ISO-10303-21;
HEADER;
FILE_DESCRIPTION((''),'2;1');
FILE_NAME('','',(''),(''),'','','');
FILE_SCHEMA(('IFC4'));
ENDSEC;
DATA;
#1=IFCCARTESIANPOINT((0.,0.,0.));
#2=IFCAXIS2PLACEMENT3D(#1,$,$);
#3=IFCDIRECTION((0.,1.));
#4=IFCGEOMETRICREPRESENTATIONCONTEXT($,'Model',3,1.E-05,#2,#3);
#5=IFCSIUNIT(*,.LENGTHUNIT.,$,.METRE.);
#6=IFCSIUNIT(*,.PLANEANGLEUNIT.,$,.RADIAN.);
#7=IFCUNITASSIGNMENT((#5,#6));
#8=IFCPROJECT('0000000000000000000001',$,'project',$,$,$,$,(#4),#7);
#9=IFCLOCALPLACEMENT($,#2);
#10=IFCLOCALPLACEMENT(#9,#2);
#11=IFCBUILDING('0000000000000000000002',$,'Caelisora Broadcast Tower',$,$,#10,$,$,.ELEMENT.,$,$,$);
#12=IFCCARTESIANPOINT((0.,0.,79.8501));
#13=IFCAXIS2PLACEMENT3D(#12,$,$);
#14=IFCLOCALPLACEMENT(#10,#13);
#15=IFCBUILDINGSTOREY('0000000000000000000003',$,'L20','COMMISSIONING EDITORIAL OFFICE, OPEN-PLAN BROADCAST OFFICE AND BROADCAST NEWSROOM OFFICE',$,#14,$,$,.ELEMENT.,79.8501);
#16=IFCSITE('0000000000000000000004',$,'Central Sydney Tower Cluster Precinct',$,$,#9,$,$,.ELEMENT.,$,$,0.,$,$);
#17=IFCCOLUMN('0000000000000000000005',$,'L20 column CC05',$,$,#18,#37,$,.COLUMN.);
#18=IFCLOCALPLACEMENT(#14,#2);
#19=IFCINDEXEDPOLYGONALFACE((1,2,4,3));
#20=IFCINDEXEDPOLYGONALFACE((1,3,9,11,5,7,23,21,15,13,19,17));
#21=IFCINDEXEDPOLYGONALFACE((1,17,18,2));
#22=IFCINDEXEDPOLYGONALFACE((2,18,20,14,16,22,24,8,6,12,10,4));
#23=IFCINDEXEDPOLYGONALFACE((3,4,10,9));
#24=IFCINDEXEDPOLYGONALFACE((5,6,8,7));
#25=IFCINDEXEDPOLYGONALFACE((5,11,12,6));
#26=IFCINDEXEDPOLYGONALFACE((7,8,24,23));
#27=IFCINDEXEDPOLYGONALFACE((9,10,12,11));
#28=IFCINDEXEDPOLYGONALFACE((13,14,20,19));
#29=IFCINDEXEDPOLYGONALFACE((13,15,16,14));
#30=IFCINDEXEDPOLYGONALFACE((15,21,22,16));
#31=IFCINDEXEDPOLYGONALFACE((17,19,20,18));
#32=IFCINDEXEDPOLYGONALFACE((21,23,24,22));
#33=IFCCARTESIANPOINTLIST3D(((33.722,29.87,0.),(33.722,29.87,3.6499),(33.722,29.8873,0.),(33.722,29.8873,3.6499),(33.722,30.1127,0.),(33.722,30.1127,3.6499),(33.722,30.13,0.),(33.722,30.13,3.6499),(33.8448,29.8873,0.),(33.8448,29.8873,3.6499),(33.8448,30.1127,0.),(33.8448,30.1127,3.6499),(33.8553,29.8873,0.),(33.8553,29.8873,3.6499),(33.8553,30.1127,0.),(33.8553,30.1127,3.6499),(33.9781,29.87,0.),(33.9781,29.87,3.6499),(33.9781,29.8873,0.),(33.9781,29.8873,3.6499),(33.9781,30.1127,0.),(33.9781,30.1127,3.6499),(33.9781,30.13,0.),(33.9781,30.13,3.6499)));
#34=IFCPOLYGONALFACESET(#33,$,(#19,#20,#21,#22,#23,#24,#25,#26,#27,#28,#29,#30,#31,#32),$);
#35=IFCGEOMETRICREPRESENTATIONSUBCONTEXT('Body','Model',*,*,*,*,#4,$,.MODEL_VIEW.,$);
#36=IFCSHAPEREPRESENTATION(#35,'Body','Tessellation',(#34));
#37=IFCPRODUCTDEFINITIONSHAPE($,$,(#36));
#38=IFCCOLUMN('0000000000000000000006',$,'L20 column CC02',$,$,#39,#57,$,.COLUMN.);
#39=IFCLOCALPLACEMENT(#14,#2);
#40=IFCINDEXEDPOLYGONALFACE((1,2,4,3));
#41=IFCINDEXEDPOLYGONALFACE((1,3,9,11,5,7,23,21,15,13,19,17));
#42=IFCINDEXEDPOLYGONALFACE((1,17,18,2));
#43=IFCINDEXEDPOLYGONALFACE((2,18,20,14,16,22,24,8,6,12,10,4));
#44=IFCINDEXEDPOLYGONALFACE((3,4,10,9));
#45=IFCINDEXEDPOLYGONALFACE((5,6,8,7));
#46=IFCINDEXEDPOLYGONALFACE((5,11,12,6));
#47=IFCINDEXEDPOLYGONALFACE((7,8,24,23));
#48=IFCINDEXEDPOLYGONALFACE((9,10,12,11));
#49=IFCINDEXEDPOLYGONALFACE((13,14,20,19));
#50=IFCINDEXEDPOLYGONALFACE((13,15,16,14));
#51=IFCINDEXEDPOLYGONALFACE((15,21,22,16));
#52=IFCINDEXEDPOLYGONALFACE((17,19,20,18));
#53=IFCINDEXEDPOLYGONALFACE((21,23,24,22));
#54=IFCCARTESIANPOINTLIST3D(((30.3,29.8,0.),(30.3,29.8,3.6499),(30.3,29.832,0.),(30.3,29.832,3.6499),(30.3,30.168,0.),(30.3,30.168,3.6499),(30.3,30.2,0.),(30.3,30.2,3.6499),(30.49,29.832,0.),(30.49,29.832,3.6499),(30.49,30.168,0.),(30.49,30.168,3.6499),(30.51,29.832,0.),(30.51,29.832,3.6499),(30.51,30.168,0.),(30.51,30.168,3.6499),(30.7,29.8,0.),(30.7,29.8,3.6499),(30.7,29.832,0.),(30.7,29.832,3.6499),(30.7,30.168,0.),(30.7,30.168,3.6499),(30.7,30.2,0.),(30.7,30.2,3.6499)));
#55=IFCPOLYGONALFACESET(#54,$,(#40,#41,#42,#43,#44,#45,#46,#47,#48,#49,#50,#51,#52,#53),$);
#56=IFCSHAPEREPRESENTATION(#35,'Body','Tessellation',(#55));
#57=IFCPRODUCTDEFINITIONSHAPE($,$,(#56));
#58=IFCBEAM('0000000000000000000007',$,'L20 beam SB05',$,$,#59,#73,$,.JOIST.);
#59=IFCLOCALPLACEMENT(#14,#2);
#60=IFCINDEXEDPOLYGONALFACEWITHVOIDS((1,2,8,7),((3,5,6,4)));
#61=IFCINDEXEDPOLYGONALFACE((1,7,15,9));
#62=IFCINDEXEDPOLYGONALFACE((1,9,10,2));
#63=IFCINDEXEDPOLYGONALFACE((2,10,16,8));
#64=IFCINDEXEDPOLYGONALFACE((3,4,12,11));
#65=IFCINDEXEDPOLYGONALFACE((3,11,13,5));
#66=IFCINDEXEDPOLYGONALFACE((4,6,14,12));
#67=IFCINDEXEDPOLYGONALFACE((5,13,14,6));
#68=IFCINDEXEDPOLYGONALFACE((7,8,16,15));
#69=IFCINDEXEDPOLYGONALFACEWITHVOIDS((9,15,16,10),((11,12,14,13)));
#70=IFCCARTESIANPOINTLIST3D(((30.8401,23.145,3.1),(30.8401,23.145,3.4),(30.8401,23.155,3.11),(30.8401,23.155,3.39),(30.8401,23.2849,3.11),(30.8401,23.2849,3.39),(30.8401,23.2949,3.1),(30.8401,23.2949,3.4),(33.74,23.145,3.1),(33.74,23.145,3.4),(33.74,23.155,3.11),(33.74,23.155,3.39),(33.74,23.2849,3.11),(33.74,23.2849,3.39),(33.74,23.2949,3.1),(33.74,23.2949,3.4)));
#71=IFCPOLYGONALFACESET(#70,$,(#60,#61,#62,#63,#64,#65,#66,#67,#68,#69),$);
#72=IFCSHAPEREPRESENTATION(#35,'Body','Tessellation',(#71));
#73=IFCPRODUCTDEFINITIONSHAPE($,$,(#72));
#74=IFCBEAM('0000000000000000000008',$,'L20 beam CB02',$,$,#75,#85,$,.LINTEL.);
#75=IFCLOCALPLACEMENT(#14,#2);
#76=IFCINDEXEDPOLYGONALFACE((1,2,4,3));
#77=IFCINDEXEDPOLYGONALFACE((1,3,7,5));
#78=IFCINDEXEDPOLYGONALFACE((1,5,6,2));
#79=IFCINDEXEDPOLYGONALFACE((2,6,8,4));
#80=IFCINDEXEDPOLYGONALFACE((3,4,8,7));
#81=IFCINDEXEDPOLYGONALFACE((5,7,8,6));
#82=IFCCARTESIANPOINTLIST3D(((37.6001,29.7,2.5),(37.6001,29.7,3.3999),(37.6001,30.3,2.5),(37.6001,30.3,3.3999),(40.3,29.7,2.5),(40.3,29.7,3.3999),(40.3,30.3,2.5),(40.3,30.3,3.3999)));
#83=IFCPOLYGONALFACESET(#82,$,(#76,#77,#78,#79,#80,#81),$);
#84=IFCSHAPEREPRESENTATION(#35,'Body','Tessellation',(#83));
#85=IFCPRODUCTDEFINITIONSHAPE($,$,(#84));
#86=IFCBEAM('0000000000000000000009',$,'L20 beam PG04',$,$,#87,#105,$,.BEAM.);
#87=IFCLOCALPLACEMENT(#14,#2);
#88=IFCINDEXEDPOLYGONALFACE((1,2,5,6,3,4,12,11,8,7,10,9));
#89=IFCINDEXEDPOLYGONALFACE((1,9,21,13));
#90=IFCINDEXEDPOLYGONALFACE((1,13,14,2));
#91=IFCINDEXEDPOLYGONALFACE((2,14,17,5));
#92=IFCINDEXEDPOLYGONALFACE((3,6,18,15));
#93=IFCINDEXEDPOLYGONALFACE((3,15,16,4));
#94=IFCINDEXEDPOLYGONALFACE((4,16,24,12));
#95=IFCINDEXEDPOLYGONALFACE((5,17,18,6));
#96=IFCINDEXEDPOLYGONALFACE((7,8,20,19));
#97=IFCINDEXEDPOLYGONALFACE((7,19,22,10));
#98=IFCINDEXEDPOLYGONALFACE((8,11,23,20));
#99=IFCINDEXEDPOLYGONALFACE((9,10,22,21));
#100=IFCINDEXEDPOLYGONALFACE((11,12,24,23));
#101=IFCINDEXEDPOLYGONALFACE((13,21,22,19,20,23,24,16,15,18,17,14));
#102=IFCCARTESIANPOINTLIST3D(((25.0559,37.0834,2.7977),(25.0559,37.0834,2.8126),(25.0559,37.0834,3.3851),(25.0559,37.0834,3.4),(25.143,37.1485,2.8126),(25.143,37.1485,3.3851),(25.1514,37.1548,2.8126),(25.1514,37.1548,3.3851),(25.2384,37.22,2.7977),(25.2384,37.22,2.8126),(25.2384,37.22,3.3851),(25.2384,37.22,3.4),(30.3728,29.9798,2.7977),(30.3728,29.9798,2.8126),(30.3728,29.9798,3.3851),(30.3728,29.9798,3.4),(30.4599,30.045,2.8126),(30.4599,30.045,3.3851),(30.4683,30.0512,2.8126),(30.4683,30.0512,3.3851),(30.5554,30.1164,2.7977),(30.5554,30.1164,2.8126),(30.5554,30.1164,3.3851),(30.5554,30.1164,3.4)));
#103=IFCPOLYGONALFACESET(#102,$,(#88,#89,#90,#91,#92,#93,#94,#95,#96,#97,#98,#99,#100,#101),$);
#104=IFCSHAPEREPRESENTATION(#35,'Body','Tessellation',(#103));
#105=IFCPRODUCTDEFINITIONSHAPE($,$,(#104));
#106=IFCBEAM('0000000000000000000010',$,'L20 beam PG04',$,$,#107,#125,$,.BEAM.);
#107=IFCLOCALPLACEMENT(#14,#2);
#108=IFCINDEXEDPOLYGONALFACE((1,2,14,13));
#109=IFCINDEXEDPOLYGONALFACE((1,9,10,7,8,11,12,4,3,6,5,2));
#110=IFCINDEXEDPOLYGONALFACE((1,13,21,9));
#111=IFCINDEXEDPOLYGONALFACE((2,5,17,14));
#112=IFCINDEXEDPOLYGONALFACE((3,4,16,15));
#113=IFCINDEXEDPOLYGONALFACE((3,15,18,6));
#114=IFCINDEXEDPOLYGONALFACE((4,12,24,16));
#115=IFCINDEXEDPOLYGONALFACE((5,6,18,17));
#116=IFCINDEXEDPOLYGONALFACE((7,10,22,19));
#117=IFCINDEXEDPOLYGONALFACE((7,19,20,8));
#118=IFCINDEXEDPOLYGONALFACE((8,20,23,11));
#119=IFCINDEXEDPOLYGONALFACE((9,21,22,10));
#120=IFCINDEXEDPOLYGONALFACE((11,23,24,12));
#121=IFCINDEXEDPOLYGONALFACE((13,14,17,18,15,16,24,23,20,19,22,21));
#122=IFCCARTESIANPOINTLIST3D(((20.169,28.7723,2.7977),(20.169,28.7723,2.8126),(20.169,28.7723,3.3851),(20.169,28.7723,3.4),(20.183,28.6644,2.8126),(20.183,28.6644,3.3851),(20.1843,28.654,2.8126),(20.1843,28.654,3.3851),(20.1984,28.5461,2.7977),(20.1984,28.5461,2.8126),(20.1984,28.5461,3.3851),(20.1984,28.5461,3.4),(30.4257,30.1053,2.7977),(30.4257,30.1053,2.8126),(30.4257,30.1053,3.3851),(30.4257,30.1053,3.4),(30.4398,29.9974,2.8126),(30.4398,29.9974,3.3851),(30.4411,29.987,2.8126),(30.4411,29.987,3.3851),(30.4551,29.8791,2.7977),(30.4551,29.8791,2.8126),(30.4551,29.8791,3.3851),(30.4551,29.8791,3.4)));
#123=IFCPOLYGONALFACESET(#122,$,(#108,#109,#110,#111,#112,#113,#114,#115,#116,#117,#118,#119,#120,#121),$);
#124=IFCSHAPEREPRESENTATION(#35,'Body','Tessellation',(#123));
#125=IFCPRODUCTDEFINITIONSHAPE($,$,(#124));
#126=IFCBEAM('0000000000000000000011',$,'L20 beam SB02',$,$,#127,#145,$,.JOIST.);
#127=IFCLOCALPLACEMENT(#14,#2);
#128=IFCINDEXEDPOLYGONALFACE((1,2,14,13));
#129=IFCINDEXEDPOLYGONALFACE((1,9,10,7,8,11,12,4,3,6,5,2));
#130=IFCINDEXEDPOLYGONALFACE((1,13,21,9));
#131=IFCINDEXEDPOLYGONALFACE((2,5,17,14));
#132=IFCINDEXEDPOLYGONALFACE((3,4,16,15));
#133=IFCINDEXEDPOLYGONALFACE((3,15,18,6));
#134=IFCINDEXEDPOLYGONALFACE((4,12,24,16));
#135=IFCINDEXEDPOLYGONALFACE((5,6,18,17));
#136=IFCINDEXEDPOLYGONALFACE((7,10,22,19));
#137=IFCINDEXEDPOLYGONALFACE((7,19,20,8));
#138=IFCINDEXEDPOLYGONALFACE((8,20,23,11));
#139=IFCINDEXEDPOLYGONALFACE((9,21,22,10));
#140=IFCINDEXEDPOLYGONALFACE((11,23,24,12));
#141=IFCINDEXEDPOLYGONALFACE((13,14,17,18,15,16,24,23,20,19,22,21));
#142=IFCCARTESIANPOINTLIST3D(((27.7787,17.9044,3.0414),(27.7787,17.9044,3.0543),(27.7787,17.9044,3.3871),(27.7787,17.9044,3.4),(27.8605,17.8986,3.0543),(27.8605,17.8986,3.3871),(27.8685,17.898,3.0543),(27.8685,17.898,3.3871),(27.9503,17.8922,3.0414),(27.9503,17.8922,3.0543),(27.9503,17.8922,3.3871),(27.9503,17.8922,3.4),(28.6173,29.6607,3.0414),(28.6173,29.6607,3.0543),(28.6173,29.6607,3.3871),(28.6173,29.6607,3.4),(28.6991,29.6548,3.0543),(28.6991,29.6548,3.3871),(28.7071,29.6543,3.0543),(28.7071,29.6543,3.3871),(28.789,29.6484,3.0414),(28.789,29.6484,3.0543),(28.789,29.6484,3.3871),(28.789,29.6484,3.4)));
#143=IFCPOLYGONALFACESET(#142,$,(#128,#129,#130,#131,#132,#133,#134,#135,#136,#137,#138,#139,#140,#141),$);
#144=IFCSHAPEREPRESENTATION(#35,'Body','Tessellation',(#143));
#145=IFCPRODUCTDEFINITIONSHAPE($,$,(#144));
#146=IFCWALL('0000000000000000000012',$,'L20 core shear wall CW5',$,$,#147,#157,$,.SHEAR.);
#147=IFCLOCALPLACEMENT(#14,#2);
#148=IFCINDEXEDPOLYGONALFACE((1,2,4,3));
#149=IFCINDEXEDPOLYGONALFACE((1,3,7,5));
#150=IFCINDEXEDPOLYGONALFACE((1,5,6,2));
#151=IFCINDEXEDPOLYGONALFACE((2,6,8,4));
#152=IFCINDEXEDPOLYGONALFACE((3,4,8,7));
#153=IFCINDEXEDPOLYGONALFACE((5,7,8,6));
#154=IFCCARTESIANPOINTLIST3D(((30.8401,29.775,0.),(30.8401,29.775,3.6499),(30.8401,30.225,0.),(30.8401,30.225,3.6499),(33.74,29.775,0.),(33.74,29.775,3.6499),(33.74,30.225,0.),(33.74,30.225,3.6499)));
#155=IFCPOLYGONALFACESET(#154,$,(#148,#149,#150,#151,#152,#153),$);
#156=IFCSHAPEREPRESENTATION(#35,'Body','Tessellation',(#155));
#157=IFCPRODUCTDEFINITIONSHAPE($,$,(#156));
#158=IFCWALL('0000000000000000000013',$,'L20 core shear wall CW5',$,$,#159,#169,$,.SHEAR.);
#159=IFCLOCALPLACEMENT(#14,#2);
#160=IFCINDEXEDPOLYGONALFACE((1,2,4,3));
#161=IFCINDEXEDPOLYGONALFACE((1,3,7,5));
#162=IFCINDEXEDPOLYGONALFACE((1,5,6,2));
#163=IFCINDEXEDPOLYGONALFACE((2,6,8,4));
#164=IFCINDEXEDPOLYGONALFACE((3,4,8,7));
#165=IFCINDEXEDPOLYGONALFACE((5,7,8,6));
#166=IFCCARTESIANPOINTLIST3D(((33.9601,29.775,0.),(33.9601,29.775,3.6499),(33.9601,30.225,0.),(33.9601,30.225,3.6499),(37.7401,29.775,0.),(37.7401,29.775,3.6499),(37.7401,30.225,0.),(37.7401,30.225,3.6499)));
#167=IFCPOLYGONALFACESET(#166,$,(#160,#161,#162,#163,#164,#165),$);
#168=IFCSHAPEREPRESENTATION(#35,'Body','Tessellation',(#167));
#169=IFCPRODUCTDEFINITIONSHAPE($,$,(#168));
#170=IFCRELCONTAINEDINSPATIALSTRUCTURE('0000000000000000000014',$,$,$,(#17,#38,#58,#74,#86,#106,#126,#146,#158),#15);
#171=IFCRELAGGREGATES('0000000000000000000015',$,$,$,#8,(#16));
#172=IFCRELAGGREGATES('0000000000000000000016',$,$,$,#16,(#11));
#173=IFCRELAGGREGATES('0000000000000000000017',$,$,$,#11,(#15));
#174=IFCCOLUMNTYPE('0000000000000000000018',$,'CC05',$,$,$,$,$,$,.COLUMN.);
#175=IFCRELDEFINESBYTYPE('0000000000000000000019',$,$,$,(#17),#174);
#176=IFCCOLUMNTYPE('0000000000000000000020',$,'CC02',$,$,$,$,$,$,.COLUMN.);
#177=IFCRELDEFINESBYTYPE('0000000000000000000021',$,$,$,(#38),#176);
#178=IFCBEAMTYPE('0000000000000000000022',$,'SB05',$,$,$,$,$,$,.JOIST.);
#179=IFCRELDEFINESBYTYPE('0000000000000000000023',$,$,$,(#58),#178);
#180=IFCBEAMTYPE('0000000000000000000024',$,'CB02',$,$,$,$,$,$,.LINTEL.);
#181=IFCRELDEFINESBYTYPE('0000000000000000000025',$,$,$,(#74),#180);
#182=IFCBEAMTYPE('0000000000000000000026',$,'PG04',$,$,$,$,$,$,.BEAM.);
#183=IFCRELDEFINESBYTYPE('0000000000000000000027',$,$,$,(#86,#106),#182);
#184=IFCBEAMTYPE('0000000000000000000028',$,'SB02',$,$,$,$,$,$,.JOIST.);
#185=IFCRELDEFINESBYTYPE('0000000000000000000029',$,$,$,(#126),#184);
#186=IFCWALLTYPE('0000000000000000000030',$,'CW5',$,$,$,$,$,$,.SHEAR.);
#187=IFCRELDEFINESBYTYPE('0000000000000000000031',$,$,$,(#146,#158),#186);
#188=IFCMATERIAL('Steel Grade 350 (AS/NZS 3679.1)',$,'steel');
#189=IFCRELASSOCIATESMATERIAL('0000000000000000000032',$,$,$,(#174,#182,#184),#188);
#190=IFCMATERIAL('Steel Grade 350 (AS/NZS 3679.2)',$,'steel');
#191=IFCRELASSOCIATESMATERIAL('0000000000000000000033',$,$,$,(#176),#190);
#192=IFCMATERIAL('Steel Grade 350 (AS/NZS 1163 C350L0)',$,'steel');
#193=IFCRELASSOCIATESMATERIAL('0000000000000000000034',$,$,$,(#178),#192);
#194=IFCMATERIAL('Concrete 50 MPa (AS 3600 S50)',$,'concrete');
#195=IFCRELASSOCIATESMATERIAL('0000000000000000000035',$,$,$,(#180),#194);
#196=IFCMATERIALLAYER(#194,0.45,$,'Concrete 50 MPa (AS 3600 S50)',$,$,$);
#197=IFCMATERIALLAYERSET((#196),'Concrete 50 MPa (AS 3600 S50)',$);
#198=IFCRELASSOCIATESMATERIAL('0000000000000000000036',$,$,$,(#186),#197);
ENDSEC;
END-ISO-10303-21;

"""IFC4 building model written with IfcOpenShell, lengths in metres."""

from ifc_helpers import new_model, si_unit, direction, frame, frame_2d, origin, origin_2d, place, context, subcontext, project, spatial, rectangle, hollow_rectangle, i_section, extrude, source, transform, mapped, material, layer, layer_set, material_profile, profile_set, type_object, type_shapes, element, save


model = new_model("IFC4")

# Units and contexts
model_context = context("Model", 3, precision=1e-05, world=origin(), true_north=direction((0.0, 1.0)))
body_context = subcontext(model_context, "Body", "Model", "MODEL_VIEW")
ifc_project = project(units=[si_unit("LENGTHUNIT", "METRE"), si_unit("PLANEANGLEUNIT", "RADIAN")], contexts=[model_context])

# Site, building, storey
site_placement = place(None, origin())
site = spatial("IfcSite", under=ifc_project, at=site_placement, Name="Central Sydney Tower Cluster Precinct", CompositionType="ELEMENT", RefElevation=0.0)
building_placement = place(site_placement, origin())
building = spatial("IfcBuilding", under=site, at=building_placement, Name="Caelisora Broadcast Tower", CompositionType="ELEMENT")
storey_placement = place(building_placement, frame((0.0, 0.0, 79.8501)))
storey = spatial("IfcBuildingStorey", under=building, at=storey_placement, Name="L20", Description="COMMISSIONING EDITORIAL OFFICE, OPEN-PLAN BROADCAST OFFICE AND BROADCAST NEWSROOM OFFICE", CompositionType="ELEMENT", Elevation=79.8501)

# Columns
ifc_material_1 = material(Name="Steel Grade 350 (AS/NZS 3679.1)", Category="steel")
ifc_material_profile_1 = material_profile(ifc_material_1, i_section(OverallWidth=0.2561, OverallDepth=0.26, WebThickness=0.0105, FlangeThickness=0.0173, at=origin_2d()), Name="Steel Grade 350 (AS/NZS 3679.1)")
ifc_profile_set_1 = profile_set([ifc_material_profile_1], Name="Steel Grade 350 (AS/NZS 3679.1)")
column_type_1 = type_object("IfcColumnType", Name="CC05", PredefinedType="COLUMN", material=ifc_profile_set_1)
shared_shape_1 = source(origin(), body_context, "Body", "SweptSolid", [
    extrude(i_section(OverallWidth=0.2561, OverallDepth=0.26, WebThickness=0.0105, FlangeThickness=0.0173, at=origin_2d()), origin(), (0.0, 0.0, 1.0), 3.6499),
])
type_shapes(column_type_1, [shared_shape_1])
column_1_placement = place(storey_placement, frame((33.8501, 30.0, 0.0), z_axis=(0.0, 0.0, 1.0), x_axis=(1.0, 0.0, 0.0)))
element("IfcColumn", 1, at=column_1_placement, inside=storey, type_object=column_type_1, Name="L20 column CC05", PredefinedType="COLUMN", context=body_context, shape_type="MappedRepresentation", body=[
    mapped(shared_shape_1, transform((0.0, 0.0, 0.0), scale=1.0)),
])
ifc_material_2 = material(Name="Steel Grade 350 (AS/NZS 3679.2)", Category="steel")
ifc_material_profile_2 = material_profile(ifc_material_2, i_section(OverallWidth=0.3999, OverallDepth=0.3999, WebThickness=0.02, FlangeThickness=0.032, at=origin_2d()), Name="Steel Grade 350 (AS/NZS 3679.2)")
ifc_profile_set_2 = profile_set([ifc_material_profile_2], Name="Steel Grade 350 (AS/NZS 3679.2)")
column_type_2 = type_object("IfcColumnType", Name="CC02", PredefinedType="COLUMN", material=ifc_profile_set_2)
shared_shape_2 = source(origin(), body_context, "Body", "SweptSolid", [
    extrude(i_section(OverallWidth=0.3999, OverallDepth=0.3999, WebThickness=0.02, FlangeThickness=0.032, at=origin_2d()), origin(), (0.0, 0.0, 1.0), 3.6499),
])
type_shapes(column_type_2, [shared_shape_2])
column_2_placement = place(storey_placement, frame((30.5, 30.0, 0.0), z_axis=(0.0, 0.0, 1.0), x_axis=(1.0, 0.0, 0.0)))
element("IfcColumn", 2, at=column_2_placement, inside=storey, type_object=column_type_2, Name="L20 column CC02", PredefinedType="COLUMN", context=body_context, shape_type="MappedRepresentation", body=[
    mapped(shared_shape_2, transform((0.0, 0.0, 0.0), scale=1.0)),
])

# Beams
ifc_material_3 = material(Name="Steel Grade 350 (AS/NZS 1163 C350L0)", Category="steel")
ifc_material_profile_3 = material_profile(ifc_material_3, hollow_rectangle(XDim=0.1499, YDim=0.3, WallThickness=0.01, at=origin_2d()), Name="Steel Grade 350 (AS/NZS 1163 C350L0)")
ifc_profile_set_3 = profile_set([ifc_material_profile_3], Name="Steel Grade 350 (AS/NZS 1163 C350L0)")
beam_type_1 = type_object("IfcBeamType", Name="SB05", PredefinedType="JOIST", material=ifc_profile_set_3)
shared_shape_3 = source(origin(), body_context, "Body", "SweptSolid", [
    extrude(hollow_rectangle(XDim=0.1499, YDim=0.3, WallThickness=0.01, at=origin_2d()), origin(), (0.0, 0.0, 1.0), 2.8999),
])
type_shapes(beam_type_1, [shared_shape_3])
beam_1_placement = place(storey_placement, frame((30.8401, 23.22, 3.25), z_axis=(1.0, 0.0, 0.0), x_axis=(0.0, 1.0, 0.0)))
element("IfcBeam", 3, at=beam_1_placement, inside=storey, type_object=beam_type_1, Name="L20 beam SB05", PredefinedType="JOIST", context=body_context, shape_type="MappedRepresentation", body=[
    mapped(shared_shape_3, transform((0.0, 0.0, 0.0), scale=1.0)),
])
ifc_material_4 = material(Name="Concrete 50 MPa (AS 3600 S50)", Category="concrete")
ifc_material_profile_4 = material_profile(ifc_material_4, rectangle(XDim=0.6001, YDim=0.8999, at=origin_2d()), Name="Concrete 50 MPa (AS 3600 S50)")
ifc_profile_set_4 = profile_set([ifc_material_profile_4], Name="Concrete 50 MPa (AS 3600 S50)")
beam_type_2 = type_object("IfcBeamType", Name="CB02", PredefinedType="LINTEL", material=ifc_profile_set_4)
shared_shape_4 = source(origin(), body_context, "Body", "SweptSolid", [
    extrude(rectangle(XDim=0.6001, YDim=0.8999, at=origin_2d()), origin(), (0.0, 0.0, 1.0), 2.7),
])
type_shapes(beam_type_2, [shared_shape_4])
beam_2_placement = place(storey_placement, frame((37.6001, 30.0, 2.95), z_axis=(1.0, 0.0, 0.0), x_axis=(0.0, 1.0, 0.0)))
element("IfcBeam", 4, at=beam_2_placement, inside=storey, type_object=beam_type_2, Name="L20 beam CB02", PredefinedType="LINTEL", context=body_context, shape_type="MappedRepresentation", body=[
    mapped(shared_shape_4, transform((0.0, 0.0, 0.0), scale=1.0)),
])
ifc_material_profile_5 = material_profile(ifc_material_1, i_section(OverallWidth=0.228, OverallDepth=0.6023, WebThickness=0.0105, FlangeThickness=0.0149, at=origin_2d()), Name="Steel Grade 350 (AS/NZS 3679.1)")
ifc_profile_set_5 = profile_set([ifc_material_profile_5], Name="Steel Grade 350 (AS/NZS 3679.1)")
beam_type_3 = type_object("IfcBeamType", Name="PG04", PredefinedType="BEAM", material=ifc_profile_set_5)
shared_shape_5 = source(origin(), body_context, "Body", "SweptSolid", [
    extrude(i_section(OverallWidth=0.228, OverallDepth=0.6023, WebThickness=0.0105, FlangeThickness=0.0149, at=origin_2d()), origin(), (0.0, 0.0, 1.0), 8.873),
])
beam_3_placement = place(storey_placement, frame((30.4641, 30.0481, 3.0989), z_axis=(-0.599225, 0.800581, 0.0), x_axis=(-0.800581, -0.599225, 0.0)))
element("IfcBeam", 5, at=beam_3_placement, inside=storey, type_object=beam_type_3, Name="L20 beam PG04", PredefinedType="BEAM", context=body_context, shape_type="MappedRepresentation", body=[
    mapped(shared_shape_5, transform((0.0, 0.0, 0.0), scale=1.0)),
])
shared_shape_6 = source(origin(), body_context, "Body", "SweptSolid", [
    extrude(i_section(OverallWidth=0.228, OverallDepth=0.6023, WebThickness=0.0105, FlangeThickness=0.0149, at=origin_2d()), origin(), (0.0, 0.0, 1.0), 10.343),
])
type_shapes(beam_type_3, [shared_shape_5, shared_shape_6])
beam_4_placement = place(storey_placement, frame((30.4404, 29.9922, 3.0989), z_axis=(-0.99166, -0.128879, 0.0), x_axis=(0.128879, -0.99166, 0.0)))
element("IfcBeam", 6, at=beam_4_placement, inside=storey, type_object=beam_type_3, Name="L20 beam PG04", PredefinedType="BEAM", context=body_context, shape_type="MappedRepresentation", body=[
    mapped(shared_shape_6, transform((0.0, 0.0, 0.0), scale=1.0)),
])
ifc_material_profile_6 = material_profile(ifc_material_1, i_section(OverallWidth=0.1721, OverallDepth=0.3586, WebThickness=0.0081, FlangeThickness=0.0129, at=origin_2d()), Name="Steel Grade 350 (AS/NZS 3679.1)")
ifc_profile_set_6 = profile_set([ifc_material_profile_6], Name="Steel Grade 350 (AS/NZS 3679.1)")
beam_type_4 = type_object("IfcBeamType", Name="SB02", PredefinedType="JOIST", material=ifc_profile_set_6)
shared_shape_7 = source(origin(), body_context, "Body", "SweptSolid", [
    extrude(i_section(OverallWidth=0.1721, OverallDepth=0.3586, WebThickness=0.0081, FlangeThickness=0.0129, at=origin_2d()), origin(), (0.0, 0.0, 1.0), 11.7861),
])
type_shapes(beam_type_4, [shared_shape_7])
beam_5_placement = place(storey_placement, frame((28.7031, 29.6545, 3.2207), z_axis=(-0.071153, -0.997465, 0.0), x_axis=(0.997465, -0.071153, 0.0)))
element("IfcBeam", 7, at=beam_5_placement, inside=storey, type_object=beam_type_4, Name="L20 beam SB02", PredefinedType="JOIST", context=body_context, shape_type="MappedRepresentation", body=[
    mapped(shared_shape_7, transform((0.0, 0.0, 0.0), scale=1.0)),
])

# Walls
ifc_layer_1 = layer(ifc_material_4, 0.45, Name="Concrete 50 MPa (AS 3600 S50)")
ifc_layer_set_1 = layer_set([ifc_layer_1], Name="Concrete 50 MPa (AS 3600 S50)")
wall_type_1 = type_object("IfcWallType", Name="CW5", PredefinedType="SHEAR", material=ifc_layer_set_1)
wall_1_placement = place(storey_placement, frame((30.8401, 30.0, 0.0), z_axis=(0.0, 0.0, 1.0), x_axis=(1.0, 0.0, 0.0)))
element("IfcWall", 8, at=wall_1_placement, inside=storey, type_object=wall_type_1, Name="L20 core shear wall CW5", PredefinedType="SHEAR", context=body_context, shape_type="SweptSolid", body=[
    extrude(rectangle(XDim=2.8999, YDim=0.45, at=frame_2d((1.45, 0.0))), origin(), (0.0, 0.0, 1.0), 3.6499),
])
wall_2_placement = place(storey_placement, frame((33.96, 30.0, 0.0), z_axis=(0.0, 0.0, 1.0), x_axis=(1.0, 0.0, 0.0)))
element("IfcWall", 9, at=wall_2_placement, inside=storey, type_object=wall_type_1, Name="L20 core shear wall CW5", PredefinedType="SHEAR", context=body_context, shape_type="SweptSolid", body=[
    extrude(rectangle(XDim=3.78, YDim=0.45, at=frame_2d((1.8901, 0.0))), origin(), (0.0, 0.0, 1.0), 3.6499),
])

save(model, "model.ifc")
